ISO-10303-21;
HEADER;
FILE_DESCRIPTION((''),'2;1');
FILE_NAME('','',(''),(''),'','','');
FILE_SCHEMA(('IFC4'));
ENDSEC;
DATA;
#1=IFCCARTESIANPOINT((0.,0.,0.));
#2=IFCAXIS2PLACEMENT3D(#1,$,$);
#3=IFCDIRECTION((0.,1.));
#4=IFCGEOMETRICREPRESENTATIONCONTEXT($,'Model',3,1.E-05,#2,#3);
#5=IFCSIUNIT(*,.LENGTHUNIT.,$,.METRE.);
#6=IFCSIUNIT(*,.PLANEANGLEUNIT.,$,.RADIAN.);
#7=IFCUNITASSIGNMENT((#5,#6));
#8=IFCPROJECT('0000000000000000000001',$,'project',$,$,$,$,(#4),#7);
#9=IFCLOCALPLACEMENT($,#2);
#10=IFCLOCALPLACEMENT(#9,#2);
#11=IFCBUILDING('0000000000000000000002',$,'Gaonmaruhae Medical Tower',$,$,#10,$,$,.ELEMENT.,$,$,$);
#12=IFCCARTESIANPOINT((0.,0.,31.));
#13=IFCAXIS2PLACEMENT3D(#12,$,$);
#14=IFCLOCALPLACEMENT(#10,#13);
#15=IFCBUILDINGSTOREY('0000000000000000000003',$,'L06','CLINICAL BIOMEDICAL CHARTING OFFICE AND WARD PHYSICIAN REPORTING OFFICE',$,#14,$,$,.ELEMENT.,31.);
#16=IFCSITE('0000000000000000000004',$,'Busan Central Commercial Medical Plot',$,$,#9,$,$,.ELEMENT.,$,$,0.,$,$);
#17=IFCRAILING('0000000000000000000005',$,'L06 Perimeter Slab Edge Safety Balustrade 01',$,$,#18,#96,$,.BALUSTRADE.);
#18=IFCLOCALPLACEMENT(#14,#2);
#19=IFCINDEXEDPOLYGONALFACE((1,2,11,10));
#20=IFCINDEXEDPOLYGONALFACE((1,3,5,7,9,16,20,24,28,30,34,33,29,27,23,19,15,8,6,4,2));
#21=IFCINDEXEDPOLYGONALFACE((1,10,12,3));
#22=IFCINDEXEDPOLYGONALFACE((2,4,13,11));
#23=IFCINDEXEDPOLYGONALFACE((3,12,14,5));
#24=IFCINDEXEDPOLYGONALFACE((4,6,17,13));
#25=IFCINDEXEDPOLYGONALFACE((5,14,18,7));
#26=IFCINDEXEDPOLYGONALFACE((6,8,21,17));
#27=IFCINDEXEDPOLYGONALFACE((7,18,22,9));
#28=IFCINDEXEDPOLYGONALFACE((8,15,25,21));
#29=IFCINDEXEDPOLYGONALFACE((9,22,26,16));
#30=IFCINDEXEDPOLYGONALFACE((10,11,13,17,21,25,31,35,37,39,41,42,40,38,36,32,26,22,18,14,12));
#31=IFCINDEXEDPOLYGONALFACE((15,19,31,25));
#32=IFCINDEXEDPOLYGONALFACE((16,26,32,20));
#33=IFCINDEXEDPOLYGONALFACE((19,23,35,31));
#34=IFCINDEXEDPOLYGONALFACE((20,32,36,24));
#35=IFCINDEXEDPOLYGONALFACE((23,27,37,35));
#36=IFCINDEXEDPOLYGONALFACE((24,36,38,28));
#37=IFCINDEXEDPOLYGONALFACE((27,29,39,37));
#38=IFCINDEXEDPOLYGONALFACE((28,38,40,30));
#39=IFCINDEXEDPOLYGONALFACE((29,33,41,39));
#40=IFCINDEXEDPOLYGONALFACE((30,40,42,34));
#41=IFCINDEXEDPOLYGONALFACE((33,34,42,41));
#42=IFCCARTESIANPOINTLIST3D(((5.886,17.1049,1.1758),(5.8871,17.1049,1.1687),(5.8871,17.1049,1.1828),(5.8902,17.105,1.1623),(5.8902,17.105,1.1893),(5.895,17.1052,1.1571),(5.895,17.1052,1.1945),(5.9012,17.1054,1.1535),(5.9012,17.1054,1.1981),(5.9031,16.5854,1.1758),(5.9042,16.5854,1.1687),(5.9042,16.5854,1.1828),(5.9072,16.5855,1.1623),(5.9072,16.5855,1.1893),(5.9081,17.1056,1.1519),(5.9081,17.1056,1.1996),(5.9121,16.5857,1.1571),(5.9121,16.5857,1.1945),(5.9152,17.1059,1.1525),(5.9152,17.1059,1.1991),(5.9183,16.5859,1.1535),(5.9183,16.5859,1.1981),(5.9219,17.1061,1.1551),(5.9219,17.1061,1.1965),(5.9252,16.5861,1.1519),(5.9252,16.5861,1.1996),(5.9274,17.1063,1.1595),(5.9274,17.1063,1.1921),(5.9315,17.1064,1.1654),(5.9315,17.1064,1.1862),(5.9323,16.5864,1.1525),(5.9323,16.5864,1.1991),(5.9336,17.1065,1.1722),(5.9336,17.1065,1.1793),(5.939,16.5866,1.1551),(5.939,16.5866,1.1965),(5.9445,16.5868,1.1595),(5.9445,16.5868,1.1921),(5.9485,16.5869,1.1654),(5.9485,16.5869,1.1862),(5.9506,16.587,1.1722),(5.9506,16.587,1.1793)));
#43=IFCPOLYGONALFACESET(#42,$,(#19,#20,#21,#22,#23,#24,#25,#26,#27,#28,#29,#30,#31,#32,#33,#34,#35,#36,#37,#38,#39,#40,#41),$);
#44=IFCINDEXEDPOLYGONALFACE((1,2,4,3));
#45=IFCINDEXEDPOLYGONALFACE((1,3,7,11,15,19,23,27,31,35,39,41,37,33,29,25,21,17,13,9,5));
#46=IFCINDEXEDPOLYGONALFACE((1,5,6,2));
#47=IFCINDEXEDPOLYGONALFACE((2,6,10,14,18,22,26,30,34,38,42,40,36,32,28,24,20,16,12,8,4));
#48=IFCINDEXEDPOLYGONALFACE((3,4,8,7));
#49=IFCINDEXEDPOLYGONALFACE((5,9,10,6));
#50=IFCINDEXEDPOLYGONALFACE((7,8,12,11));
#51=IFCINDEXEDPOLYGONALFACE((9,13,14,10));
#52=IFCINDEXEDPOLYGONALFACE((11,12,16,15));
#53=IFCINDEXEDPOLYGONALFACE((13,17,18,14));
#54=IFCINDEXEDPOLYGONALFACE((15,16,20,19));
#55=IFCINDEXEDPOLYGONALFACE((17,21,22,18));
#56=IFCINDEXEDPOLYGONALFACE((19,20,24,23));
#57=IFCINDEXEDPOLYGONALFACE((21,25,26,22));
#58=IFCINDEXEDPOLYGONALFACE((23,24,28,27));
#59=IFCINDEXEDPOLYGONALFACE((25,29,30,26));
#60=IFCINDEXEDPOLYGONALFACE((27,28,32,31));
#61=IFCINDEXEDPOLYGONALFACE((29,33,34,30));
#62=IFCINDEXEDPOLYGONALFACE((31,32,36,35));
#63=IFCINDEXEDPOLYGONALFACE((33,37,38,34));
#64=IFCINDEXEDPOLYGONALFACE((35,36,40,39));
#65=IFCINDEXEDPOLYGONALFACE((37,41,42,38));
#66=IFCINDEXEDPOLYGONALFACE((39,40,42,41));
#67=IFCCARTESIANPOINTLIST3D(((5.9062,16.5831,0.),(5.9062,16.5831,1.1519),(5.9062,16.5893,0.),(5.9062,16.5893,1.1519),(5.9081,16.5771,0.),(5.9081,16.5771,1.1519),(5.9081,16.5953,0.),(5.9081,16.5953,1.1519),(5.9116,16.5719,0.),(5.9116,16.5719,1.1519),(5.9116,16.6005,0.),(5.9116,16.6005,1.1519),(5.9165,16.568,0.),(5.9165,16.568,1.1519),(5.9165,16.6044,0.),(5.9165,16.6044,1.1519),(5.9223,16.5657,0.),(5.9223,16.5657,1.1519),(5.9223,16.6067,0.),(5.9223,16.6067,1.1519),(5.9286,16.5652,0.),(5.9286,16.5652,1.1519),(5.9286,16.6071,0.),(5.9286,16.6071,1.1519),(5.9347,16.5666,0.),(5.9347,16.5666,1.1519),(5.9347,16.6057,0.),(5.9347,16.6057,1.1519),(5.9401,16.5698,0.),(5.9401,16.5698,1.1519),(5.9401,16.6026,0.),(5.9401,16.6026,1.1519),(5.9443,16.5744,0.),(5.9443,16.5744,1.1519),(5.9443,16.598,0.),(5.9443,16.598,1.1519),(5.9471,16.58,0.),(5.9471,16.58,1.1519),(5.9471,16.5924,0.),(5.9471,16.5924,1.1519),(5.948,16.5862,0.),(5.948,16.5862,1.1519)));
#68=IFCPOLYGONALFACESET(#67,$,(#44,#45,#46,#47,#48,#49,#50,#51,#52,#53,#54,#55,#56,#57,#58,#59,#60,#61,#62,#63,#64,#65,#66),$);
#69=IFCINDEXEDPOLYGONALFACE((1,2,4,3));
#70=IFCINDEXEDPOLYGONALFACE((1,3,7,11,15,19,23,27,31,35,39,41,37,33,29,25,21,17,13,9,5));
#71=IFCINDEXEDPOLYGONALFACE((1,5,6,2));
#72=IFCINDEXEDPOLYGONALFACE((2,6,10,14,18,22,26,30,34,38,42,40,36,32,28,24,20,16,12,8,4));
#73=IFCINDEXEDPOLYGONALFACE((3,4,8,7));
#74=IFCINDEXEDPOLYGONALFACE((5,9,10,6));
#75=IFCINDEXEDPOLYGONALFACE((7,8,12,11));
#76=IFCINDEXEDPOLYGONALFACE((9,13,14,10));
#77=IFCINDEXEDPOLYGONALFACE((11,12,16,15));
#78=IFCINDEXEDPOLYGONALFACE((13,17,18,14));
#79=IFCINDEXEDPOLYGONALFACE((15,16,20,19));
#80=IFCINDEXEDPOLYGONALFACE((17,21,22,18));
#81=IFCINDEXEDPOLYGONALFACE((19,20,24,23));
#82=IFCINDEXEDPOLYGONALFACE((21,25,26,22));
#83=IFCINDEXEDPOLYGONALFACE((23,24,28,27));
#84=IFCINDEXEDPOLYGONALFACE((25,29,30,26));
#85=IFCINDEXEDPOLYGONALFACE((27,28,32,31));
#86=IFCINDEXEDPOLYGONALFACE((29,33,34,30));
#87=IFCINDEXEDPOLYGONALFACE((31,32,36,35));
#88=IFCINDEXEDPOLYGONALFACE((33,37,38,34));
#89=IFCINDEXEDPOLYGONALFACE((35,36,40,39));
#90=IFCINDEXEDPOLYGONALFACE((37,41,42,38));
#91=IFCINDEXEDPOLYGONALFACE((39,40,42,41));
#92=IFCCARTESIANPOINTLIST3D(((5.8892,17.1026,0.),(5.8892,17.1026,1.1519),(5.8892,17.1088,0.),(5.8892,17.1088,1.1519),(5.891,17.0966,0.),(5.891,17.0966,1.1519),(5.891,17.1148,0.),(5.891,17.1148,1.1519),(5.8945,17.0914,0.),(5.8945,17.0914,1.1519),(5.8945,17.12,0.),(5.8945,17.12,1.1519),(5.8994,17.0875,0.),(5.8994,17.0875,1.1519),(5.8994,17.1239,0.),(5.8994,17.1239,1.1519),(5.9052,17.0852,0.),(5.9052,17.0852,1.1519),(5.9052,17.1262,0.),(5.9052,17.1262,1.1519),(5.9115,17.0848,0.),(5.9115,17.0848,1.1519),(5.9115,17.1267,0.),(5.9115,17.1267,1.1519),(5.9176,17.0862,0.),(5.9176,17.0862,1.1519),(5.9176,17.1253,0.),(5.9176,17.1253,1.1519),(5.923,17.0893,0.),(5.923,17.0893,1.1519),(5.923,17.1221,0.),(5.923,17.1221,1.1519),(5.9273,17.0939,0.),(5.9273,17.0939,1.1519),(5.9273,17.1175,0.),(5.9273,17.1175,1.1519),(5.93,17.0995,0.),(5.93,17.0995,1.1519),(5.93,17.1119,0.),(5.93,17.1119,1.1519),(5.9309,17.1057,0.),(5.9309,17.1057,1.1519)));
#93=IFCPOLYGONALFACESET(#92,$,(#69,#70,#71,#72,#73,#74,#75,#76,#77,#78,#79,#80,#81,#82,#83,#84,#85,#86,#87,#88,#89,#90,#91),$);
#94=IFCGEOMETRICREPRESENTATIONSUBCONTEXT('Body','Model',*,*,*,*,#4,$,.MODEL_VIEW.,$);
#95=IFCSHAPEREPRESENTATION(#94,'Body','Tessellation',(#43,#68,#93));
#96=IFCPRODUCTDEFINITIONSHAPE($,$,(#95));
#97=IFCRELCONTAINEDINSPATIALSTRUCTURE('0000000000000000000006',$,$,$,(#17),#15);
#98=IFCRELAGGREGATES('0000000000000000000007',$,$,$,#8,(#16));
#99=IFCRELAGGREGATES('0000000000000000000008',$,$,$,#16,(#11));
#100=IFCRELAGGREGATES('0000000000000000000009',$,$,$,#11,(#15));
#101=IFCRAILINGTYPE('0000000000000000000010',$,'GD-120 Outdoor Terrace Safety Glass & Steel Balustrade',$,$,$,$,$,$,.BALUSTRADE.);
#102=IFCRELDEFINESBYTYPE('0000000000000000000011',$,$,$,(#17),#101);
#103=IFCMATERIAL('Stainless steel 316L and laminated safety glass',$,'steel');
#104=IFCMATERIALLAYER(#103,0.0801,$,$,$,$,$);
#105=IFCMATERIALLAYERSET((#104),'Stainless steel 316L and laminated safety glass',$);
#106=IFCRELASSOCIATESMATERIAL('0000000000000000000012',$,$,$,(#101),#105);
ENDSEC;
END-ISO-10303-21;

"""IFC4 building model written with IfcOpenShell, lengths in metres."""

from ifc_helpers import new_model, si_unit, direction, frame, origin, origin_2d, place, context, subcontext, project, spatial, circle, extrude, material, layer, layer_set, type_object, element, save


model = new_model("IFC4")

# Units and contexts
model_context = context("Model", 3, precision=1e-05, world=origin(), true_north=direction((0.0, 1.0)))
body_context = subcontext(model_context, "Body", "Model", "MODEL_VIEW")
ifc_project = project(units=[si_unit("LENGTHUNIT", "METRE"), si_unit("PLANEANGLEUNIT", "RADIAN")], contexts=[model_context])

# Site, building, storey
site_placement = place(None, origin())
site = spatial("IfcSite", under=ifc_project, at=site_placement, Name="Busan Central Commercial Medical Plot", CompositionType="ELEMENT", RefElevation=0.0)
building_placement = place(site_placement, origin())
building = spatial("IfcBuilding", under=site, at=building_placement, Name="Gaonmaruhae Medical Tower", CompositionType="ELEMENT")
storey_placement = place(building_placement, frame((0.0, 0.0, 31.0)))
storey = spatial("IfcBuildingStorey", under=building, at=storey_placement, Name="L06", Description="CLINICAL BIOMEDICAL CHARTING OFFICE AND WARD PHYSICIAN REPORTING OFFICE", CompositionType="ELEMENT", Elevation=31.0)

# Railing
ifc_material_1 = material(Name="Stainless steel 316L and laminated safety glass", Category="steel")
ifc_layer_1 = layer(ifc_material_1, 0.0801)
ifc_layer_set_1 = layer_set([ifc_layer_1], Name="Stainless steel 316L and laminated safety glass")
railing_type_1 = type_object("IfcRailingType", Name="GD-120 Outdoor Terrace Safety Glass & Steel Balustrade", PredefinedType="BALUSTRADE", material=ifc_layer_set_1)
railing_1_placement = place(storey_placement, frame((5.927, 16.5862, 0.0)))
element("IfcRailing", 1, at=railing_1_placement, inside=storey, type_object=railing_type_1, Name="L06 Perimeter Slab Edge Safety Balustrade 01", PredefinedType="BALUSTRADE", context=body_context, shape_type="SweptSolid", body=[
    extrude(circle(Radius=0.0239, at=origin_2d()), frame((0.0, 0.0, 1.1758), z_axis=(-0.032877, 0.999459, 0.0), x_axis=(-0.999459, -0.032877, 0.0)), (0.0, 0.0, 1.0), 0.5198),
    extrude(circle(Radius=0.021, at=origin_2d()), origin(), (0.0, 0.0, 1.0), 1.1519),
    extrude(circle(Radius=0.021, at=origin_2d()), frame((-0.0171, 0.5195, 0.0)), (0.0, 0.0, 1.0), 1.1519),
])

save(model, "model.ifc")
